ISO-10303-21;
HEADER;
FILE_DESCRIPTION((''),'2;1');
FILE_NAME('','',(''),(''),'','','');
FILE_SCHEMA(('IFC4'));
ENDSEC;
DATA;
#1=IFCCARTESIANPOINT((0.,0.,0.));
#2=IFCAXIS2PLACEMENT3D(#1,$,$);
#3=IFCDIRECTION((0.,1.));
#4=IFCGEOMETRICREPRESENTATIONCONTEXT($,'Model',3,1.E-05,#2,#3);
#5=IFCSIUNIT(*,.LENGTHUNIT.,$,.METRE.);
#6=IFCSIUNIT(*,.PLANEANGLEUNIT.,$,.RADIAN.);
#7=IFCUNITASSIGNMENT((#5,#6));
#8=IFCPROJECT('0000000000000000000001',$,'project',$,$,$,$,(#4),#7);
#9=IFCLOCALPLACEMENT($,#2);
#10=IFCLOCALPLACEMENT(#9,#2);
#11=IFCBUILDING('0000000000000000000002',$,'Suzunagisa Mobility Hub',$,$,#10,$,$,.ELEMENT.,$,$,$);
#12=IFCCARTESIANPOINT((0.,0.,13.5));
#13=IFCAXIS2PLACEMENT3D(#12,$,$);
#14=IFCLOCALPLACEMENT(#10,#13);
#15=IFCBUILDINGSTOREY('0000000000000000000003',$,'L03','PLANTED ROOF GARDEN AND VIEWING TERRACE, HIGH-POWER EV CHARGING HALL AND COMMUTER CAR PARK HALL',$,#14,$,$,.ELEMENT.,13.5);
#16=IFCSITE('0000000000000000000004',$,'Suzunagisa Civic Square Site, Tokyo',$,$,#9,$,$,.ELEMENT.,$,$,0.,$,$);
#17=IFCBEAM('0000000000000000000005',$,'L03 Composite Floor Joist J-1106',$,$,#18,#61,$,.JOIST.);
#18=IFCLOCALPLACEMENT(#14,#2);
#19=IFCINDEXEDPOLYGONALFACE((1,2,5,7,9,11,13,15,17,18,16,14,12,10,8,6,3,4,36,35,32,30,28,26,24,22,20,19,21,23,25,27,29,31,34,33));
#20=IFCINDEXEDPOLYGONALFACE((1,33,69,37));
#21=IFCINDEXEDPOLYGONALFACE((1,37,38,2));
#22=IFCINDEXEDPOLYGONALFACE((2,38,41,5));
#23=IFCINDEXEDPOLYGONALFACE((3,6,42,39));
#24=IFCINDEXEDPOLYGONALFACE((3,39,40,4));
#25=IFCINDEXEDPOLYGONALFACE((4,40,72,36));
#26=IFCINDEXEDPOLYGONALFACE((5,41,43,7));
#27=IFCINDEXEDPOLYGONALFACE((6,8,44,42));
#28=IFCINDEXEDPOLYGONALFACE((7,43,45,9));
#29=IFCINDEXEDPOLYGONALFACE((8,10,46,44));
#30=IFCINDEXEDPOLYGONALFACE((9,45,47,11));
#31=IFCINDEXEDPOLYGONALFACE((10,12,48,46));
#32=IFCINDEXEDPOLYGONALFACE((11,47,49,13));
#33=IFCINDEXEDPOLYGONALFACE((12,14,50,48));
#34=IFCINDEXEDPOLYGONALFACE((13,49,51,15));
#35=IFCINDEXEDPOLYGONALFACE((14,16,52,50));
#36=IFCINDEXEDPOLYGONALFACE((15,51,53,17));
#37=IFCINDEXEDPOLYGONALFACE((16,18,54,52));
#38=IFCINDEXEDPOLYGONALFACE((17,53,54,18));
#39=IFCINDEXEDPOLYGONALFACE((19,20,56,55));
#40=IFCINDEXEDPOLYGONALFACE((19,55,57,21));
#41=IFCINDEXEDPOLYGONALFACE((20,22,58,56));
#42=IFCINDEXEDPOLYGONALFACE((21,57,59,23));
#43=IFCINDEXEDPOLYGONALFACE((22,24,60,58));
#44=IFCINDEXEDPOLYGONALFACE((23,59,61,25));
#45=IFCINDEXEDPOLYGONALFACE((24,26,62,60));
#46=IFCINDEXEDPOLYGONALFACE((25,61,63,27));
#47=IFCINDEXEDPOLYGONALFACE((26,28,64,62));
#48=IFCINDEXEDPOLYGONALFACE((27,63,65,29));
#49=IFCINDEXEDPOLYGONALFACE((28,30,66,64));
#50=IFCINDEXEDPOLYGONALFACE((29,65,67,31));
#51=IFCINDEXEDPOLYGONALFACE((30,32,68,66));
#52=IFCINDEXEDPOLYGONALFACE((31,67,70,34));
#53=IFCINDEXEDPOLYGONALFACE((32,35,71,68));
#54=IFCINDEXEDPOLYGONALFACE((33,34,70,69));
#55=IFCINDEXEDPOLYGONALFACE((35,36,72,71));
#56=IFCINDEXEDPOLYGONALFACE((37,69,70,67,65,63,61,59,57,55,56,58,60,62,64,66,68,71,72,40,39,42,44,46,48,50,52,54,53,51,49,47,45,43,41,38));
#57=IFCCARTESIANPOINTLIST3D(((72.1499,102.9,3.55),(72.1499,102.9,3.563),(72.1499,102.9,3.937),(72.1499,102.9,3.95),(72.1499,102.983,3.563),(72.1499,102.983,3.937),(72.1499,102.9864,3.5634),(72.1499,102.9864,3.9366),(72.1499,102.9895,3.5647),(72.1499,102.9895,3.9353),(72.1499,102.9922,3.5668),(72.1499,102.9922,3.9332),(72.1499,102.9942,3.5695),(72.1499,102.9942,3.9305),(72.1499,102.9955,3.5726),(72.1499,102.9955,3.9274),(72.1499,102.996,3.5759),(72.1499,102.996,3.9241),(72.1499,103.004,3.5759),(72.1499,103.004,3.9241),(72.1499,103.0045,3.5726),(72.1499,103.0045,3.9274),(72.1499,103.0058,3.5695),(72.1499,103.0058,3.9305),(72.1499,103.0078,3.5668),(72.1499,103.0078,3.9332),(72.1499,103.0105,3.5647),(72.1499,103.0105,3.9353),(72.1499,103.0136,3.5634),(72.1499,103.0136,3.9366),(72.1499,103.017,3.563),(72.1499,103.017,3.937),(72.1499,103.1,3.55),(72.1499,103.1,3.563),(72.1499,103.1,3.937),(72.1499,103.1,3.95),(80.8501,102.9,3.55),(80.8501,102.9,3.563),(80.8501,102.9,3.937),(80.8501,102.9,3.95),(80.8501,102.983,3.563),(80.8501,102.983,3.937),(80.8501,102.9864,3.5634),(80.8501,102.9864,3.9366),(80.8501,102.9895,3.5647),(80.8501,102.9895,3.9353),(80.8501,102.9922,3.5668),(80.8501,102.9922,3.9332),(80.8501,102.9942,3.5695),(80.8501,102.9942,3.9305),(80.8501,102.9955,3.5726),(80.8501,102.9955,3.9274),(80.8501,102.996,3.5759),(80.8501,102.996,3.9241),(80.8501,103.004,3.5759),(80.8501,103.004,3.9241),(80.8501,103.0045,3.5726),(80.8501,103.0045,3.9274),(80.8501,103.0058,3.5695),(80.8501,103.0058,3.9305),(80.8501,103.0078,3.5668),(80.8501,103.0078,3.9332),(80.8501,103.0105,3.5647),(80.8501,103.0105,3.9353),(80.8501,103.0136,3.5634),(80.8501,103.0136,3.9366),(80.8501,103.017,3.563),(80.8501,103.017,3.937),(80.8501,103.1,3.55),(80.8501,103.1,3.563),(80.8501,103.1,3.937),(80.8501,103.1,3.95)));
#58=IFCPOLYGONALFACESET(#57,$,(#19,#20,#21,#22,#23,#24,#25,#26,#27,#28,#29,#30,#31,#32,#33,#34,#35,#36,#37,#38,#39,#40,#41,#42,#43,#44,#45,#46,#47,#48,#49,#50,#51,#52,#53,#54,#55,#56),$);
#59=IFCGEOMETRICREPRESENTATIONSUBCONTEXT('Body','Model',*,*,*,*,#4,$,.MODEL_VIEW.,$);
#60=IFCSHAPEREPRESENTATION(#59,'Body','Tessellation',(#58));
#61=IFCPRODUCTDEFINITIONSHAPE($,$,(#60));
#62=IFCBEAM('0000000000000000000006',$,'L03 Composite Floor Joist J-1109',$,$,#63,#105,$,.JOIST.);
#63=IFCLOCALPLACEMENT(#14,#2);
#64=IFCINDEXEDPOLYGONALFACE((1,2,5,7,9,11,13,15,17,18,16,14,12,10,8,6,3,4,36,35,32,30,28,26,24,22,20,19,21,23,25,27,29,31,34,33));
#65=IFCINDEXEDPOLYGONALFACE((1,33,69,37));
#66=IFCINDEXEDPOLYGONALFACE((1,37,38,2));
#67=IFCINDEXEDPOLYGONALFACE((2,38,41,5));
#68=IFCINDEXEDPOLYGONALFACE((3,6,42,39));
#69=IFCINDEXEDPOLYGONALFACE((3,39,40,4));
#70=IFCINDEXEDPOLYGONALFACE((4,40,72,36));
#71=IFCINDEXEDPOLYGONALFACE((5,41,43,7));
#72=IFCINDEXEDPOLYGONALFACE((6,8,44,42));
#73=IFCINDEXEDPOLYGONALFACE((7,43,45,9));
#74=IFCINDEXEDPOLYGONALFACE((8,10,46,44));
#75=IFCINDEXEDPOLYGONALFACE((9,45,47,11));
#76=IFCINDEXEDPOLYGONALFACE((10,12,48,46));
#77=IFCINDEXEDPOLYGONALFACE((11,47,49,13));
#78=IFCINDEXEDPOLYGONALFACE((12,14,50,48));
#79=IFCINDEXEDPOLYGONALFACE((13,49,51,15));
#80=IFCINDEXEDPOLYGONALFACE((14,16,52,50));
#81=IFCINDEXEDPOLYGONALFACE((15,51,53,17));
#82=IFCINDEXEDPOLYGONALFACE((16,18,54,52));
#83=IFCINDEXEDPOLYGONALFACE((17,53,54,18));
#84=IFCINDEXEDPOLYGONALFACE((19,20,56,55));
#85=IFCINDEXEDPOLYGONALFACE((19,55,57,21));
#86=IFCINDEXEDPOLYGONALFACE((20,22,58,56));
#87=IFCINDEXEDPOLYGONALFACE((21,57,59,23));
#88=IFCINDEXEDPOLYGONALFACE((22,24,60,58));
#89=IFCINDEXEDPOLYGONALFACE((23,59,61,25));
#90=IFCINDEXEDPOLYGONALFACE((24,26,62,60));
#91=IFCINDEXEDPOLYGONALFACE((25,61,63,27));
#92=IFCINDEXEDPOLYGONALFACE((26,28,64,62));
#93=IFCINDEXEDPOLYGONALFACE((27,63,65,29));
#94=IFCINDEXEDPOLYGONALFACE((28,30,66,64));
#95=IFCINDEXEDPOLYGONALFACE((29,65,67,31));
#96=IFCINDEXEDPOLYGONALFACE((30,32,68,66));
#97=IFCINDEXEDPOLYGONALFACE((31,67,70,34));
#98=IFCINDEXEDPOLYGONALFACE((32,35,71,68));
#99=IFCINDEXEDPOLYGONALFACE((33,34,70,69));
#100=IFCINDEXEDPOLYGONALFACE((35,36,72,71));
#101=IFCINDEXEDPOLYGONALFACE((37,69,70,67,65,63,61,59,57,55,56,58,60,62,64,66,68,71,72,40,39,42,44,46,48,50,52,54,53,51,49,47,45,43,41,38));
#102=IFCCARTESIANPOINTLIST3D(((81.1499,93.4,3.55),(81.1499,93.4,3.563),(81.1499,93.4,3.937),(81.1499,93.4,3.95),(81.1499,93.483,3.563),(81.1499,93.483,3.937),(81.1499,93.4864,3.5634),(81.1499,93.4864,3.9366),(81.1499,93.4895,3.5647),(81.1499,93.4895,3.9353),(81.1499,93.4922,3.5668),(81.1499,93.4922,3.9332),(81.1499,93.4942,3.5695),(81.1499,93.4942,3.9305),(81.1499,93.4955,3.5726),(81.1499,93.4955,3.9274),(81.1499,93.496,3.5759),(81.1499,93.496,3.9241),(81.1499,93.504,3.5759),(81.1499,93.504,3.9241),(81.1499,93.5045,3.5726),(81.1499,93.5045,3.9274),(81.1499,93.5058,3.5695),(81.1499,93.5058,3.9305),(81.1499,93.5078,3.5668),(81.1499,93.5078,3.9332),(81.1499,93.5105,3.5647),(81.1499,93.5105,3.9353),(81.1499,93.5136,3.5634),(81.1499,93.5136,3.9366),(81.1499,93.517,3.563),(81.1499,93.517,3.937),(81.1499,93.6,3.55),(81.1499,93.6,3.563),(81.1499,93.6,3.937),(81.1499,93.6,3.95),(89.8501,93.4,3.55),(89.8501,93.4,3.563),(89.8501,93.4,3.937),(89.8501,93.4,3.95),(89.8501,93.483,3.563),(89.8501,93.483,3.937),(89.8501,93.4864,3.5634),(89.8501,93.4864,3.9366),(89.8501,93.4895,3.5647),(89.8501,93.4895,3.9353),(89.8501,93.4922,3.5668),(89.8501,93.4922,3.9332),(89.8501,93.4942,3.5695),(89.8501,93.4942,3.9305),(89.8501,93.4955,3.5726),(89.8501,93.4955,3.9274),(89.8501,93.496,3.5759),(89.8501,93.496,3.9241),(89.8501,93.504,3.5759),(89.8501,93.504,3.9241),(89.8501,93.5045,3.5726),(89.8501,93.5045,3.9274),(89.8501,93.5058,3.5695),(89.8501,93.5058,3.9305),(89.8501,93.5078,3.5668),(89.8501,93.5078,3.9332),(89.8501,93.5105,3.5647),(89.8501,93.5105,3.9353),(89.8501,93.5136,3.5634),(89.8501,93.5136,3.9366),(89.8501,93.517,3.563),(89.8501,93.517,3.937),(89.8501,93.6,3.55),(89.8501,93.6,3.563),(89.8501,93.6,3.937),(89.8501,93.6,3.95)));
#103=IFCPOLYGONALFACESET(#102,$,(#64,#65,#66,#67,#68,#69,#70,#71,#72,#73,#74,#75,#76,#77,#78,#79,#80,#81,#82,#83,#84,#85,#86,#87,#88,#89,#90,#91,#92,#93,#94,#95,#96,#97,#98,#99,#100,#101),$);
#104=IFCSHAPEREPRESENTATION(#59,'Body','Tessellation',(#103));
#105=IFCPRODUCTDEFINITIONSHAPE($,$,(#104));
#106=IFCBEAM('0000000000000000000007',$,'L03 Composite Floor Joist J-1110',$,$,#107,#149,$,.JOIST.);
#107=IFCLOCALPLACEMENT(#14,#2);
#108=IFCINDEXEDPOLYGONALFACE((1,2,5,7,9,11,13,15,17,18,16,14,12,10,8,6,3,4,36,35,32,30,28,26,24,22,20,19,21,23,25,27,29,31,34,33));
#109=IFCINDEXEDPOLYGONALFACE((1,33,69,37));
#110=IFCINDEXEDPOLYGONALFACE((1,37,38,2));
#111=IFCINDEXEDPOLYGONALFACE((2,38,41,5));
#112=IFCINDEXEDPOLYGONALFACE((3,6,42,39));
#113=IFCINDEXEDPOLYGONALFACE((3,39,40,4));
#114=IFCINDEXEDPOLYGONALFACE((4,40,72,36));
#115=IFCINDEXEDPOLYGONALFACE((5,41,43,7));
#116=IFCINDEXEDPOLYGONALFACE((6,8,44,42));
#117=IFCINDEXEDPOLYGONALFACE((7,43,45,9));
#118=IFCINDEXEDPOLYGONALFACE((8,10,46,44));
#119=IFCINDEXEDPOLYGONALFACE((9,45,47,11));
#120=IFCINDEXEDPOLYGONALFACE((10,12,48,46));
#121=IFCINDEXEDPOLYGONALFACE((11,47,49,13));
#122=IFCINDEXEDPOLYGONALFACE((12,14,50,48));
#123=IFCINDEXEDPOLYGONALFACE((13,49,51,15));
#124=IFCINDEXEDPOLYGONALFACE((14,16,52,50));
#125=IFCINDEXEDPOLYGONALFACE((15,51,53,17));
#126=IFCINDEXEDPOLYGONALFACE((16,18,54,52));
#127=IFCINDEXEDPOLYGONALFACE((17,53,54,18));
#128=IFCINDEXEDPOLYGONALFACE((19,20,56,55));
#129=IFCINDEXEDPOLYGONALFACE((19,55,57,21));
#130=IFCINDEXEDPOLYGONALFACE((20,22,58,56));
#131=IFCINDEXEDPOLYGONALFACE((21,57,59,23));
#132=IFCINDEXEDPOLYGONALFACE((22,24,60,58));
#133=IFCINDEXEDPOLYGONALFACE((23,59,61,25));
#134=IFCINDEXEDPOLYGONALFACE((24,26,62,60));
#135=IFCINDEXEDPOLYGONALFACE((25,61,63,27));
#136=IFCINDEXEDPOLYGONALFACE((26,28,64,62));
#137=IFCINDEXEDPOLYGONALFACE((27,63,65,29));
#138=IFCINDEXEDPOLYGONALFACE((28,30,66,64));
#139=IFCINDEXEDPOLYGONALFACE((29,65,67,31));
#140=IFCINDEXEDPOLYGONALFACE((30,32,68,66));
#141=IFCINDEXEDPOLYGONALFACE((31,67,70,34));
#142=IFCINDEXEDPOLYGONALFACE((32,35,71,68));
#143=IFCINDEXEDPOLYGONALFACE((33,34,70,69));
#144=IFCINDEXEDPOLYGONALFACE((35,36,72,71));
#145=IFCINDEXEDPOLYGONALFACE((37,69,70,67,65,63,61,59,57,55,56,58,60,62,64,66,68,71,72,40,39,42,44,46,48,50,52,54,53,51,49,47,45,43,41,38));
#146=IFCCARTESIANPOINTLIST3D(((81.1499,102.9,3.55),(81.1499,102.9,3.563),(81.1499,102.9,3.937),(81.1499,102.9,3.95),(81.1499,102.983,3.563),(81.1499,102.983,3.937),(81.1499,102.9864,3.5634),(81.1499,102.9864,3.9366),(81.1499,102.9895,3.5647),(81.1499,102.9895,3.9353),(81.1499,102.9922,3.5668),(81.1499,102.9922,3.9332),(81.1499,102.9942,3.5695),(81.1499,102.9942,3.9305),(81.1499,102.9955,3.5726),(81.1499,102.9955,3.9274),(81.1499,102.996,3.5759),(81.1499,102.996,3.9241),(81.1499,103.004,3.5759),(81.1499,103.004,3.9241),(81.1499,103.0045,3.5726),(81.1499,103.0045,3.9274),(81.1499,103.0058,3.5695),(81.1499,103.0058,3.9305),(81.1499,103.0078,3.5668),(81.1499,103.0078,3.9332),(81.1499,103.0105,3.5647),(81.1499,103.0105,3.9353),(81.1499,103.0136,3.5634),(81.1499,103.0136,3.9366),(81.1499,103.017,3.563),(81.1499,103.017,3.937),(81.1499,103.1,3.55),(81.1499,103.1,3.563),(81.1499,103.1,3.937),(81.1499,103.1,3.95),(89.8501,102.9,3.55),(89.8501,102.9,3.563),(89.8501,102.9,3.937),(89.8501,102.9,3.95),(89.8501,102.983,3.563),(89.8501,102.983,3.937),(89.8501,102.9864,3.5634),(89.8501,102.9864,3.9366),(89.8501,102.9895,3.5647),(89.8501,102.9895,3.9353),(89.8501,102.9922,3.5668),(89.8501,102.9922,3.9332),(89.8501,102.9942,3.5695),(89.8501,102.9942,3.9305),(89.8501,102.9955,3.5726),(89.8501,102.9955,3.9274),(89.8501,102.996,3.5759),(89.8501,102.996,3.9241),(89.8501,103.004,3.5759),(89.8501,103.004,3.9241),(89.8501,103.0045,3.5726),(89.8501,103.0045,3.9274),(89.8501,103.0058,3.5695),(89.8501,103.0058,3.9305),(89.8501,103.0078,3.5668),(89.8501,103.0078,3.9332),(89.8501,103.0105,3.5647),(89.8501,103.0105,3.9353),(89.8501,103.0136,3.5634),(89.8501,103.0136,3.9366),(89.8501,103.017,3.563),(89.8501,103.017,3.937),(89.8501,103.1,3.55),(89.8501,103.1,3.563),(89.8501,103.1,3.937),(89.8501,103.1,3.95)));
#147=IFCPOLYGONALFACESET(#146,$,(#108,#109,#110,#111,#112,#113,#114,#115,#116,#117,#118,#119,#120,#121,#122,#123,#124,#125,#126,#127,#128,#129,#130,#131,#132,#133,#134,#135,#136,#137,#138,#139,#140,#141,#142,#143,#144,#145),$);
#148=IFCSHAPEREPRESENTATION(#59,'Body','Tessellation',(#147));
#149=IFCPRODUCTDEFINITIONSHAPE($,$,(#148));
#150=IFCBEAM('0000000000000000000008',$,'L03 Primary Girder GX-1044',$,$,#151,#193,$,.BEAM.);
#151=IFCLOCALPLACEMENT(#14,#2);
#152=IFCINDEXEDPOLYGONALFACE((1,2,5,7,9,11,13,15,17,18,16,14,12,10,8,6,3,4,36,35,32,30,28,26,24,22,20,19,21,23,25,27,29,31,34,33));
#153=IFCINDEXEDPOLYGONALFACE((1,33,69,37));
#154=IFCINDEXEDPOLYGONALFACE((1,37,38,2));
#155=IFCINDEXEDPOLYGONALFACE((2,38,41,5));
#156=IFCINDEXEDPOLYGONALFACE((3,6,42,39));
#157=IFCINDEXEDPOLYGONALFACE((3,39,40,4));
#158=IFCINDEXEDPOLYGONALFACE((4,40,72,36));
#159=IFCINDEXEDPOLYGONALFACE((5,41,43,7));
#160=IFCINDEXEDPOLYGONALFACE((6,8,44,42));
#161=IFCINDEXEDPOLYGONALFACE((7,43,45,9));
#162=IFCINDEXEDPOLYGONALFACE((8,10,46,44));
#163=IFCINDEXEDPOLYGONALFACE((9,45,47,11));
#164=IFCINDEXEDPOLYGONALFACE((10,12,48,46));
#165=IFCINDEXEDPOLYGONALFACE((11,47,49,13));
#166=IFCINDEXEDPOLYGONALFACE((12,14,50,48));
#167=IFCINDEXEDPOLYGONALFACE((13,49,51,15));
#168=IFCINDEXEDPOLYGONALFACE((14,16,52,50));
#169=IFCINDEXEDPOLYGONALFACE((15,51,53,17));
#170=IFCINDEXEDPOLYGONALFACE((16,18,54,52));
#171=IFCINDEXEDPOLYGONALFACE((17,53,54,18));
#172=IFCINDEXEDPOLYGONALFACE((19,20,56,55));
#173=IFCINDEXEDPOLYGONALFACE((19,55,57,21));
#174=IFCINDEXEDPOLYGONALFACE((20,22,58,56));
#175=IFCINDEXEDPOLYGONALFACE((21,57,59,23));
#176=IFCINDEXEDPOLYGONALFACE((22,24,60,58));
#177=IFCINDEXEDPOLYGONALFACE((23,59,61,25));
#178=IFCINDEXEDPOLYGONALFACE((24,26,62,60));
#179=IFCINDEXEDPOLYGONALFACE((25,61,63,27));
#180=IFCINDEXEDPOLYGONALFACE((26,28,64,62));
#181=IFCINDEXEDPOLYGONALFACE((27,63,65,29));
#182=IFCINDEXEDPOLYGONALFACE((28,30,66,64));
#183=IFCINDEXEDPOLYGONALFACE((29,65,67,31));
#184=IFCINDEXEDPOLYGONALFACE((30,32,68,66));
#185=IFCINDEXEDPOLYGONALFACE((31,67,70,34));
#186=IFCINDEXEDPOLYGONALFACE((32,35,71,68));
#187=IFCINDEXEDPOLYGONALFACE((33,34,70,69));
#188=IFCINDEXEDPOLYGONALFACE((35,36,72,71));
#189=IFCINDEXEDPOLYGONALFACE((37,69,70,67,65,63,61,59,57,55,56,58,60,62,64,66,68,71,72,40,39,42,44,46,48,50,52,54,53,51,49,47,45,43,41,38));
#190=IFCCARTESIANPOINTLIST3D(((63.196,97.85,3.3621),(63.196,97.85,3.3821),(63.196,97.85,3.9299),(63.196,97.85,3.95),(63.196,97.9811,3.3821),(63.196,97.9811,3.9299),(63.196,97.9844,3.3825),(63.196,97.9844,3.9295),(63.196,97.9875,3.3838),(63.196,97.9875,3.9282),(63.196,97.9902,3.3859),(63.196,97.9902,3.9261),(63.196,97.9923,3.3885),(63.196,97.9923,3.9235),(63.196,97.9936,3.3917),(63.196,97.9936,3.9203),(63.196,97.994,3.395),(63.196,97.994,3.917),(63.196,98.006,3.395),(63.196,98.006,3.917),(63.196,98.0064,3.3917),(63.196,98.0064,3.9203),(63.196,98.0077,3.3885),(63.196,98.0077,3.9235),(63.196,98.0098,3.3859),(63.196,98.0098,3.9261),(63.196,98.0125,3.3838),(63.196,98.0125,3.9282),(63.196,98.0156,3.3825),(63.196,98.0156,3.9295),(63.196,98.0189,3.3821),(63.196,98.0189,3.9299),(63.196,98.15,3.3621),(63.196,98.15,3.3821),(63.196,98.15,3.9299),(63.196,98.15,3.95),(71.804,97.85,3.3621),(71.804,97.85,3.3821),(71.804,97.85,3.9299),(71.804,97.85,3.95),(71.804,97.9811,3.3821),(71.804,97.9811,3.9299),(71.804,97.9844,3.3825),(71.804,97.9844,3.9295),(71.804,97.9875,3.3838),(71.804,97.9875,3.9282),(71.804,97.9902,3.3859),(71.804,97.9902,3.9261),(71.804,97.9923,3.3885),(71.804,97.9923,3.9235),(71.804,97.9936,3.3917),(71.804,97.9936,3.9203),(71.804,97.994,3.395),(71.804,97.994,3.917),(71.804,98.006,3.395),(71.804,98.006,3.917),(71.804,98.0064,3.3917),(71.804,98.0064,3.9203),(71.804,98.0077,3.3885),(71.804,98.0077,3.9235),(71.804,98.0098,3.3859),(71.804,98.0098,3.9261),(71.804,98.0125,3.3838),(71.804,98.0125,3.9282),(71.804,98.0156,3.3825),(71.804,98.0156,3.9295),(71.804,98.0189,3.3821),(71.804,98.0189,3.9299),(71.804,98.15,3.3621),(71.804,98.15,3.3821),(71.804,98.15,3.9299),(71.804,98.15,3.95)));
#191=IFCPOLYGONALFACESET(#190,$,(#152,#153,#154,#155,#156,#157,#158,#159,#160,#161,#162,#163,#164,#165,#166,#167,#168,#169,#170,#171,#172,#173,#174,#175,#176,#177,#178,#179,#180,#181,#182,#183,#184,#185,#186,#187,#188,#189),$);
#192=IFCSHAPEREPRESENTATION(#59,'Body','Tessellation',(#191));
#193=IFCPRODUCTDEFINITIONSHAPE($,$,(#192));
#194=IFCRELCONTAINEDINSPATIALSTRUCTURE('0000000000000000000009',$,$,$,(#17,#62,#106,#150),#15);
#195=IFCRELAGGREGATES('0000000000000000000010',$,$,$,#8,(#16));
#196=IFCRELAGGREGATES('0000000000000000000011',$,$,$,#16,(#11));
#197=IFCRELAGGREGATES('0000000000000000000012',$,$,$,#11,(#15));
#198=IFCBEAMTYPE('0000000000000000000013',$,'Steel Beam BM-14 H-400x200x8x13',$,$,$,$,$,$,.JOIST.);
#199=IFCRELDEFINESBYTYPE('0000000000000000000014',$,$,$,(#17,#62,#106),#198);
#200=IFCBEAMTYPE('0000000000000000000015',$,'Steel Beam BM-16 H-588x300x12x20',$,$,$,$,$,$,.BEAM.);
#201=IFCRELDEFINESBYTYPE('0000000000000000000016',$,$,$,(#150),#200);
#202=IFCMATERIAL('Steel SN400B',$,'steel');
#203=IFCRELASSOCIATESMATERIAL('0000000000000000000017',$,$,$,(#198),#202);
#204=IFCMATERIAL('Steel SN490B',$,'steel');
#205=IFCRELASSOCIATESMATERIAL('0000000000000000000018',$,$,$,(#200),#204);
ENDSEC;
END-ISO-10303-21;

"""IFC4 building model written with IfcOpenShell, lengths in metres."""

from ifc_helpers import new_model, si_unit, direction, frame, origin, origin_2d, place, context, subcontext, project, spatial, i_section, extrude, material, material_profile, profile_set, type_object, element, save


model = new_model("IFC4")

# Units and contexts
model_context = context("Model", 3, precision=1e-05, world=origin(), true_north=direction((0.0, 1.0)))
body_context = subcontext(model_context, "Body", "Model", "MODEL_VIEW")
ifc_project = project(units=[si_unit("LENGTHUNIT", "METRE"), si_unit("PLANEANGLEUNIT", "RADIAN")], contexts=[model_context])

# Site, building, storey
site_placement = place(None, origin())
site = spatial("IfcSite", under=ifc_project, at=site_placement, Name="Suzunagisa Civic Square Site, Tokyo", CompositionType="ELEMENT", RefElevation=0.0)
building_placement = place(site_placement, origin())
building = spatial("IfcBuilding", under=site, at=building_placement, Name="Suzunagisa Mobility Hub", CompositionType="ELEMENT")
storey_placement = place(building_placement, frame((0.0, 0.0, 13.5)))
storey = spatial("IfcBuildingStorey", under=building, at=storey_placement, Name="L03", Description="PLANTED ROOF GARDEN AND VIEWING TERRACE, HIGH-POWER EV CHARGING HALL AND COMMUTER CAR PARK HALL", CompositionType="ELEMENT", Elevation=13.5)

# Shared definitions
ifc_material_1 = material(Name="Steel SN490B", Category="steel")

# Beams
ifc_material_2 = material(Name="Steel SN400B", Category="steel")
ifc_material_profile_1 = material_profile(ifc_material_2, i_section(OverallWidth=0.2, OverallDepth=0.3999, WebThickness=0.0081, FlangeThickness=0.0129, FilletRadius=0.0129, at=origin_2d()), Name="H-400x200x8x13")
ifc_profile_set_1 = profile_set([ifc_material_profile_1], Name="Steel SN400B")
beam_type_1 = type_object("IfcBeamType", Name="Steel Beam BM-14 H-400x200x8x13", PredefinedType="JOIST", material=ifc_profile_set_1)
for number, where, z_axis, x_axis, name in (
    (1, (72.1499, 103.0, 3.75), (1.0, 0.0, 0.0), (0.0, 1.0, 0.0), "L03 Composite Floor Joist J-1106"),
    (2, (81.1499, 93.5, 3.75), (1.0, 0.0, 0.0), (0.0, 1.0, 0.0), "L03 Composite Floor Joist J-1109"),
    (3, (81.1499, 103.0, 3.75), (1.0, 0.0, 0.0), (0.0, 1.0, 0.0), "L03 Composite Floor Joist J-1110"),
):
    element("IfcBeam", number, at=place(storey_placement, frame(where, z_axis=z_axis, x_axis=x_axis)), inside=storey, type_object=beam_type_1, Name=name, PredefinedType="JOIST", context=body_context, shape_type="SweptSolid", body=[
        extrude(i_section(OverallWidth=0.2, OverallDepth=0.3999, WebThickness=0.0081, FlangeThickness=0.0129, FilletRadius=0.0129, at=origin_2d()), origin(), (0.0, 0.0, 1.0), 8.7002),
    ])
ifc_material_profile_2 = material_profile(ifc_material_1, i_section(OverallWidth=0.3, OverallDepth=0.5879, WebThickness=0.012, FlangeThickness=0.02, FilletRadius=0.0129, at=origin_2d()), Name="H-588x300x12x20")
ifc_profile_set_2 = profile_set([ifc_material_profile_2], Name="Steel SN490B")
beam_type_2 = type_object("IfcBeamType", Name="Steel Beam BM-16 H-588x300x12x20", PredefinedType="BEAM", material=ifc_profile_set_2)
beam_1_placement = place(storey_placement, frame((63.196, 98.0, 3.656), z_axis=(1.0, 0.0, 0.0), x_axis=(0.0, 1.0, 0.0)))
element("IfcBeam", 4, at=beam_1_placement, inside=storey, type_object=beam_type_2, Name="L03 Primary Girder GX-1044", PredefinedType="BEAM", context=body_context, shape_type="SweptSolid", body=[
    extrude(i_section(OverallWidth=0.3, OverallDepth=0.5879, WebThickness=0.012, FlangeThickness=0.02, FilletRadius=0.0129, at=origin_2d()), origin(), (0.0, 0.0, 1.0), 8.6079),
])

save(model, "model.ifc")
